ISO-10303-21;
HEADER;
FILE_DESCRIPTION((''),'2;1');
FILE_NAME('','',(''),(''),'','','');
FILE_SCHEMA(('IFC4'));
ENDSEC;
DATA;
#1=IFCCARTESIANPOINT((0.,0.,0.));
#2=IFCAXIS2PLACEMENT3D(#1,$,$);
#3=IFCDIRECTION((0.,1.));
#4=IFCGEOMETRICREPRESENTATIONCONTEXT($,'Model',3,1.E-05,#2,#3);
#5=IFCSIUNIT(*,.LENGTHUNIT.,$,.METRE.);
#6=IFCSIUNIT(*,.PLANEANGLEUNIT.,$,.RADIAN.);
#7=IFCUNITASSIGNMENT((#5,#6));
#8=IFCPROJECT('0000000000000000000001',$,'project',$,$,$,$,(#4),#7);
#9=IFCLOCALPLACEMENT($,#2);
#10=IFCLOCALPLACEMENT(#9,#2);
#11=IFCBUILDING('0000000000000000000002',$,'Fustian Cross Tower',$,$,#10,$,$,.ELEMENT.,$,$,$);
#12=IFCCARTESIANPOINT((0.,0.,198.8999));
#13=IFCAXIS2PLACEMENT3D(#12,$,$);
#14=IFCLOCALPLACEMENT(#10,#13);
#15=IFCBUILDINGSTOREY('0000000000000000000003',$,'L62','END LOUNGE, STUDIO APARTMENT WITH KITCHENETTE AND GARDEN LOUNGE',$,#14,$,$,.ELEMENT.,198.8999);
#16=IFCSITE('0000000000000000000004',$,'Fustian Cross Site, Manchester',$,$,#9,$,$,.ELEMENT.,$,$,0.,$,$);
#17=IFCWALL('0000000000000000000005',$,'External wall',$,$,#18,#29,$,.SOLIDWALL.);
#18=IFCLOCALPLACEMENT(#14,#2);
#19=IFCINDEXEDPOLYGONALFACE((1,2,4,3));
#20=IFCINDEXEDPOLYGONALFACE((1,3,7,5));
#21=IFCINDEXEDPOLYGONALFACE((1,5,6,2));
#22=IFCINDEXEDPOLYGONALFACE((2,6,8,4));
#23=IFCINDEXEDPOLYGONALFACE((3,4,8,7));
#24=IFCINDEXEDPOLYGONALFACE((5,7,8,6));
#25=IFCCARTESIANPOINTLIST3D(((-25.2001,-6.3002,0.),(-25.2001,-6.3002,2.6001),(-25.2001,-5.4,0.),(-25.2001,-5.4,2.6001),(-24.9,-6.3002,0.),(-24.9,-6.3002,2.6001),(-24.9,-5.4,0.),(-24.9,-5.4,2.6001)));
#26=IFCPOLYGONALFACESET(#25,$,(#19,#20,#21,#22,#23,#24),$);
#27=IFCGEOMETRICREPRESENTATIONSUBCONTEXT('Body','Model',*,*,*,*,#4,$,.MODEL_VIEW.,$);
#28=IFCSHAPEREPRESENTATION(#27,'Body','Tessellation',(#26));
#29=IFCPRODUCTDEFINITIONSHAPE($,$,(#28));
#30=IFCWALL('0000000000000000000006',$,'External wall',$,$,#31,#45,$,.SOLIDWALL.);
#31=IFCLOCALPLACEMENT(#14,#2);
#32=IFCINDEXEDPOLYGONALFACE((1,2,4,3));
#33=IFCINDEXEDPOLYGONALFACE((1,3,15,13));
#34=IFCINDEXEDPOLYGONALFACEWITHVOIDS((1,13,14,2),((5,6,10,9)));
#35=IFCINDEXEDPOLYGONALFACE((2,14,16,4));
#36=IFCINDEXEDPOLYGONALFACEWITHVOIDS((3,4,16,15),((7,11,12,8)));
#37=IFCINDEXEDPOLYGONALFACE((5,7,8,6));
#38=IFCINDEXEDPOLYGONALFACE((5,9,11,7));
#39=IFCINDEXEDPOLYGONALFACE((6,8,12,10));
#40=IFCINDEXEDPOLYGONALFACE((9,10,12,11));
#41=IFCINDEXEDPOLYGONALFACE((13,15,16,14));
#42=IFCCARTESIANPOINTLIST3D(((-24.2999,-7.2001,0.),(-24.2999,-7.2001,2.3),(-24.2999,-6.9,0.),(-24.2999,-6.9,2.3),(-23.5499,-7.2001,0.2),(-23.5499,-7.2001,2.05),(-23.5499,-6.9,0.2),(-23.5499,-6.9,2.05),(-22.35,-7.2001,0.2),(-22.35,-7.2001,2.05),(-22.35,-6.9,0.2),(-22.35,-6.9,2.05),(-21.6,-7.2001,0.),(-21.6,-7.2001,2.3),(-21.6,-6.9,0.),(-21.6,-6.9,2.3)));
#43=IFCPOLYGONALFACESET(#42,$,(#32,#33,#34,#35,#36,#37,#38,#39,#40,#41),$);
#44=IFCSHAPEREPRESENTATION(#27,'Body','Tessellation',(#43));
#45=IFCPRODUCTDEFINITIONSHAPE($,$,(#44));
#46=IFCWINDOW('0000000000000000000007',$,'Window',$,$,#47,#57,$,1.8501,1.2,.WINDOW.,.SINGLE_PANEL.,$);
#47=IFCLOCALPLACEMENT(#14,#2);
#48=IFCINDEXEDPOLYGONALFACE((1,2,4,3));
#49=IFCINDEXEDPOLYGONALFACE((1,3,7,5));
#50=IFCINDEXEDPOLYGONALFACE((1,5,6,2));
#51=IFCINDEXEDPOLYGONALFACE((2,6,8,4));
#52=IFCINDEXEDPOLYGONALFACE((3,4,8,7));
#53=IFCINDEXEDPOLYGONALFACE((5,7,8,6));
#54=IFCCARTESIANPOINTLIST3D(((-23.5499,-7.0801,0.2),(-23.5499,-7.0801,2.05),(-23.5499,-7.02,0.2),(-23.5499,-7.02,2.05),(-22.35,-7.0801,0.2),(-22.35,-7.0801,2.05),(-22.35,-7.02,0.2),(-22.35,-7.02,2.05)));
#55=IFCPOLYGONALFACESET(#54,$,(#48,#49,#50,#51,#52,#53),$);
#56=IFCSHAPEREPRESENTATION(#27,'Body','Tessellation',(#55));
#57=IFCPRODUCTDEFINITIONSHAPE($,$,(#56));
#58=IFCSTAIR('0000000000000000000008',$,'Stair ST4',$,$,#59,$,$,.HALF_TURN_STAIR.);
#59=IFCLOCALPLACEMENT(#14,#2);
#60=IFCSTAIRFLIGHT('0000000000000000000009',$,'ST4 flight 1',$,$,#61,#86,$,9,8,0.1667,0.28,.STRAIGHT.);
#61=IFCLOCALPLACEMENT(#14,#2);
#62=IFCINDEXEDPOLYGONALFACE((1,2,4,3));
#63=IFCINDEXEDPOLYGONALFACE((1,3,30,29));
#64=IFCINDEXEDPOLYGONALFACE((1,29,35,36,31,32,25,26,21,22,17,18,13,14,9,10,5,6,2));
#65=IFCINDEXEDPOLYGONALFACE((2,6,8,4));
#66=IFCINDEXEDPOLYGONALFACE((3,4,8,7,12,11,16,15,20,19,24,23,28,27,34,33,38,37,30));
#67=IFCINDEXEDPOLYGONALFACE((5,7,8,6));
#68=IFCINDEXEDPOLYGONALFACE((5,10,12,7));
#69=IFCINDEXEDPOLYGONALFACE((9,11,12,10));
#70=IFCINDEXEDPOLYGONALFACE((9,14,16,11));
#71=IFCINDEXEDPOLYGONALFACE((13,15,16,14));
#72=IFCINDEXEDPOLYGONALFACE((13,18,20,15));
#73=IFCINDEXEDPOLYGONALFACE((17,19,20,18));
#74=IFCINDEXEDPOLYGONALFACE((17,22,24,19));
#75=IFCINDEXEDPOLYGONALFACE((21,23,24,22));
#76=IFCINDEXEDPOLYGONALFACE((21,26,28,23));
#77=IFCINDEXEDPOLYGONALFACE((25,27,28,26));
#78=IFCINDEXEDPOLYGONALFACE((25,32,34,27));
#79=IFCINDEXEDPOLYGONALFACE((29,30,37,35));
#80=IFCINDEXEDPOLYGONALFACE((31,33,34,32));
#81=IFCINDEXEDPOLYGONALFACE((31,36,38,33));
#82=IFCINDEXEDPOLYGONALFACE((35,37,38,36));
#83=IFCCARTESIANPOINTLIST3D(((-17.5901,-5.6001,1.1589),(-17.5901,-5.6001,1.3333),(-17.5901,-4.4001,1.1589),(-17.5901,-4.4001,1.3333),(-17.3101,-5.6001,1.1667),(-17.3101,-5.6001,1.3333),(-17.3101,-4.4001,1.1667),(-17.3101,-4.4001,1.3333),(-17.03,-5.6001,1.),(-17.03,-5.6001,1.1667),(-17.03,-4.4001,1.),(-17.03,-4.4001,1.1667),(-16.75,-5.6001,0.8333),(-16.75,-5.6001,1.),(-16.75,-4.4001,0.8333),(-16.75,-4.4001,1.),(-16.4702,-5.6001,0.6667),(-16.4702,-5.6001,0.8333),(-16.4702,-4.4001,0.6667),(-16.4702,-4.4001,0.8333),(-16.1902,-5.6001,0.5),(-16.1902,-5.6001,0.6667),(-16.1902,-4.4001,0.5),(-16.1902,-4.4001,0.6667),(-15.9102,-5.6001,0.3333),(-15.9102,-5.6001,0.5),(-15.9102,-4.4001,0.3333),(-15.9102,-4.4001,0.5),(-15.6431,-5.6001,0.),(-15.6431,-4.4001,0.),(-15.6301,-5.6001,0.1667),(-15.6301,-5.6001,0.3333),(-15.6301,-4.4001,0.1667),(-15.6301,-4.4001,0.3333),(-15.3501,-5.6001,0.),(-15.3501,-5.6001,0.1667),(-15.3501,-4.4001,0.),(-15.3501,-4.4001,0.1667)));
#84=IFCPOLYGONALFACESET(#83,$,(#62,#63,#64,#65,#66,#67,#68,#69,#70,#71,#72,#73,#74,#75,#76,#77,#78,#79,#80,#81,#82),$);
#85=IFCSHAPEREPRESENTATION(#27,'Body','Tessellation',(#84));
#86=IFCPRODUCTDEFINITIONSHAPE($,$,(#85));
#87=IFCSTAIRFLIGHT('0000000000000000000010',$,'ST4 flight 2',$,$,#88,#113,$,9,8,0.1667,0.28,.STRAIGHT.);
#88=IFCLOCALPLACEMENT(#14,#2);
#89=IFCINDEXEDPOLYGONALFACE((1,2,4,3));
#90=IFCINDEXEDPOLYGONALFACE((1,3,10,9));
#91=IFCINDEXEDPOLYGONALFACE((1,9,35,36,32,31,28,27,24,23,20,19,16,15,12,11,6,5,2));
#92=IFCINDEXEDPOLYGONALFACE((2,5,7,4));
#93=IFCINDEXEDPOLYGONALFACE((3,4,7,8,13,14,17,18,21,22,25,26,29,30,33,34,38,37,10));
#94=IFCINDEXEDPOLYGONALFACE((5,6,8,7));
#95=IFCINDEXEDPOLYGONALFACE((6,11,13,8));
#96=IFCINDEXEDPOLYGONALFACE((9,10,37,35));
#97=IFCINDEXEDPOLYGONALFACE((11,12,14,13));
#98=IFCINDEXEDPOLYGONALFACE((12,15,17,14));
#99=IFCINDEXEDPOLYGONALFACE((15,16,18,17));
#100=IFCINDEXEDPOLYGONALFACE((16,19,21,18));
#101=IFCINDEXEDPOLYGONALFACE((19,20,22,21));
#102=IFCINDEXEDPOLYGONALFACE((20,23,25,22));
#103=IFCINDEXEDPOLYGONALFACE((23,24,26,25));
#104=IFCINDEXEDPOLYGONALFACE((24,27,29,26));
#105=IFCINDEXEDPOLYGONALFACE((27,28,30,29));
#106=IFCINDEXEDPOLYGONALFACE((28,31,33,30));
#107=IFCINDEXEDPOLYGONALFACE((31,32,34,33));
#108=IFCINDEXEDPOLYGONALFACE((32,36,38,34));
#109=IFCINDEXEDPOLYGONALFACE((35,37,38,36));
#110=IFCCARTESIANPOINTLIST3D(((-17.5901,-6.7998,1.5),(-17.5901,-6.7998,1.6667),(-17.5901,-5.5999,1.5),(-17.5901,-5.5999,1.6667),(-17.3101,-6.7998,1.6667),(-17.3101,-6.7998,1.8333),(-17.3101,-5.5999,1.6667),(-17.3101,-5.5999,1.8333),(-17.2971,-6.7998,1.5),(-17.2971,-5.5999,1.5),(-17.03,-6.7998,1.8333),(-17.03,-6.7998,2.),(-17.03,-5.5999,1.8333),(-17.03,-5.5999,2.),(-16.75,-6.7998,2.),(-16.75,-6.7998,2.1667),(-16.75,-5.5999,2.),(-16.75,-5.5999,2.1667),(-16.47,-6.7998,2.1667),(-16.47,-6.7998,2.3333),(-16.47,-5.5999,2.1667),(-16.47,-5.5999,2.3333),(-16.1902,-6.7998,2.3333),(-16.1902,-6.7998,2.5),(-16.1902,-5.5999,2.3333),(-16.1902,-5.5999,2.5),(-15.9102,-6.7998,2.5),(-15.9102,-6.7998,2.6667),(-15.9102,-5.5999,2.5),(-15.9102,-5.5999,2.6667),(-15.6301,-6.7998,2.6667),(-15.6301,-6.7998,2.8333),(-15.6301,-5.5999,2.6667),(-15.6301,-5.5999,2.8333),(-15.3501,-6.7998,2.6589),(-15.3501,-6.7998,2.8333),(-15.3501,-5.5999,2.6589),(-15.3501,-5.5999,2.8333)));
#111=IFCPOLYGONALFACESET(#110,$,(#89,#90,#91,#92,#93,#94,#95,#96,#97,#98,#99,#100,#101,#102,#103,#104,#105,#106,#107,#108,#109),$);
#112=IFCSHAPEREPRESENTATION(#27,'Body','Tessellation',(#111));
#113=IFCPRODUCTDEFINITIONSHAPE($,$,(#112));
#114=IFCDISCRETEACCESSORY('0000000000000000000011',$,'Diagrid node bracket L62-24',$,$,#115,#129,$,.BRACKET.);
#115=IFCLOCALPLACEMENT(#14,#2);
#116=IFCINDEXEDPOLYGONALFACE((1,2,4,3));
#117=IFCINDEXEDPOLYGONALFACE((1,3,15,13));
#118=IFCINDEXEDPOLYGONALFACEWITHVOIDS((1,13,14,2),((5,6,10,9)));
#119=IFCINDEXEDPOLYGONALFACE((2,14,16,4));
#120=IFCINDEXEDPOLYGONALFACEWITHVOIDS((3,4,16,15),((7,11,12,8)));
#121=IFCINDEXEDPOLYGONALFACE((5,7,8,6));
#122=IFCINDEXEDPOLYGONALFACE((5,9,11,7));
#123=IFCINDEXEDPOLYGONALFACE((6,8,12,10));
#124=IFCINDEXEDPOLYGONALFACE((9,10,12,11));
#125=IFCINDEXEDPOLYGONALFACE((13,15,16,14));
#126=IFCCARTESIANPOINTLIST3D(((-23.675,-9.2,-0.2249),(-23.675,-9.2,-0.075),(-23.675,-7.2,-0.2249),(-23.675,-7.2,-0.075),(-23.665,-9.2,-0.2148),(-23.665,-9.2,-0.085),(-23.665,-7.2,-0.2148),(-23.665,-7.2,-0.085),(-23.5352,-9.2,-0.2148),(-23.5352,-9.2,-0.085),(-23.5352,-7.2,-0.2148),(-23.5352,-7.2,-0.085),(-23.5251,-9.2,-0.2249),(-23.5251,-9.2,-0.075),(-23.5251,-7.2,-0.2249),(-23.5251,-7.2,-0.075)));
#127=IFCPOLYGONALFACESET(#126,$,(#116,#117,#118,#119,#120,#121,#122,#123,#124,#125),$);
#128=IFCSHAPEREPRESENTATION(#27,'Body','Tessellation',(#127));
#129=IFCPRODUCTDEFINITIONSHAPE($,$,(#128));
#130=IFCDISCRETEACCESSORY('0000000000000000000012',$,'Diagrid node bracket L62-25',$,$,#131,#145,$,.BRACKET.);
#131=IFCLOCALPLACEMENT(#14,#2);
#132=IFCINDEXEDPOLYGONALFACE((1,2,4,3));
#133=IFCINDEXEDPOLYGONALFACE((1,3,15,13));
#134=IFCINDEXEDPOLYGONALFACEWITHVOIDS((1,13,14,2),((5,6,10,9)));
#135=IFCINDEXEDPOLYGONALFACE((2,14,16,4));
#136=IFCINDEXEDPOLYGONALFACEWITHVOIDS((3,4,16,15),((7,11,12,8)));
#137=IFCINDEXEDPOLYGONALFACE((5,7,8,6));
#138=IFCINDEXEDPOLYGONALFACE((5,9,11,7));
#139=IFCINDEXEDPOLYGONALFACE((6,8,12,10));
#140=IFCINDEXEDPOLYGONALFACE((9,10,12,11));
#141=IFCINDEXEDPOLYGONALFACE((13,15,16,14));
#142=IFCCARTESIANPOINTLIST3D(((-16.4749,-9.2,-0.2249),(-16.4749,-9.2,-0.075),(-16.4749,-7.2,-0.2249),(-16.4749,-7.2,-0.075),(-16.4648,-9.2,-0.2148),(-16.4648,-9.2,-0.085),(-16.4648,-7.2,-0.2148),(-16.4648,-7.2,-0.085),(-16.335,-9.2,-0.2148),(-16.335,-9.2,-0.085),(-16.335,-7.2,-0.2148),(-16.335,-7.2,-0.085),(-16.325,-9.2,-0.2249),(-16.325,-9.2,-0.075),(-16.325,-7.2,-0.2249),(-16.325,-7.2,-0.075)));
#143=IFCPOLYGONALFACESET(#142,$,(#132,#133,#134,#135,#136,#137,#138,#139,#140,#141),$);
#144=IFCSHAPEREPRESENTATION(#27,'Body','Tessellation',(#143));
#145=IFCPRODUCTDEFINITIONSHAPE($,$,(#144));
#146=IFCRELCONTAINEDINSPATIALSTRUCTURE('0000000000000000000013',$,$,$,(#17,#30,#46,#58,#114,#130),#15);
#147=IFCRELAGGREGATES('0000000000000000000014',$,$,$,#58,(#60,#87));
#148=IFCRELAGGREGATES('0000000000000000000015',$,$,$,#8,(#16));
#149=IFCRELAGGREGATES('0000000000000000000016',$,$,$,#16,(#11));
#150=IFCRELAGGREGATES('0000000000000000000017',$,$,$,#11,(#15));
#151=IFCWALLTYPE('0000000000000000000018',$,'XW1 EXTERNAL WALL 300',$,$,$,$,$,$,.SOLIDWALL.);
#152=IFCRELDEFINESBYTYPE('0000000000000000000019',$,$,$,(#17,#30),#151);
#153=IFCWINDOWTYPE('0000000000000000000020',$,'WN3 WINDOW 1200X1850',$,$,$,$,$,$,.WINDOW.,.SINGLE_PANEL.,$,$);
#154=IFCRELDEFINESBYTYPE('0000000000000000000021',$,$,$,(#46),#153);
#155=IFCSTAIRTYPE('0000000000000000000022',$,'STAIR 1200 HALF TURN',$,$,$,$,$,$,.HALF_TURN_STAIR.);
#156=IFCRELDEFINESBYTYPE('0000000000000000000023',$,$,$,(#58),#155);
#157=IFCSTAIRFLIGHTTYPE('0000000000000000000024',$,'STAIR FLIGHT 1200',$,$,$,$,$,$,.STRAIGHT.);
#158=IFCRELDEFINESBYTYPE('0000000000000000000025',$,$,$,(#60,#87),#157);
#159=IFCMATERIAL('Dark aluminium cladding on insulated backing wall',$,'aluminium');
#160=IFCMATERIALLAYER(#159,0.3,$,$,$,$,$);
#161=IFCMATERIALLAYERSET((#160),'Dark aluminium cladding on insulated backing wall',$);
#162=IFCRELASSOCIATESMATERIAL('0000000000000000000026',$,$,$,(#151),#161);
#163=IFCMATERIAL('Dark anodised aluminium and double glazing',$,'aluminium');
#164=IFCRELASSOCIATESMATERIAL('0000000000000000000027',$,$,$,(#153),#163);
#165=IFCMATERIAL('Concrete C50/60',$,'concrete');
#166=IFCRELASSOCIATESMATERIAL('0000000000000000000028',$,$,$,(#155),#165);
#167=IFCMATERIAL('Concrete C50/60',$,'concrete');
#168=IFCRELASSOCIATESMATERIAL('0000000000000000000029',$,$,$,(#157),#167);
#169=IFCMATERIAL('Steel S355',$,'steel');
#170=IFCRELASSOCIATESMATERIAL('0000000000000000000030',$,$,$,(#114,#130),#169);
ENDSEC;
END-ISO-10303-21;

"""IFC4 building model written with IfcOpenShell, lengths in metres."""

from ifc_helpers import new_model, si_unit, direction, frame, frame_2d, origin, origin_2d, place, context, subcontext, project, spatial, polyline, rectangle, hollow_rectangle, outline, extrude, material, layer, layer_set, type_object, element, fill, aggregate, save


model = new_model("IFC4")

# Units and contexts
model_context = context("Model", 3, precision=1e-05, world=origin(), true_north=direction((0.0, 1.0)))
body_context = subcontext(model_context, "Body", "Model", "MODEL_VIEW")
ifc_project = project(units=[si_unit("LENGTHUNIT", "METRE"), si_unit("PLANEANGLEUNIT", "RADIAN")], contexts=[model_context])

# Site, building, storey
site_placement = place(None, origin())
site = spatial("IfcSite", under=ifc_project, at=site_placement, Name="Fustian Cross Site, Manchester", CompositionType="ELEMENT", RefElevation=0.0)
building_placement = place(site_placement, origin())
building = spatial("IfcBuilding", under=site, at=building_placement, Name="Fustian Cross Tower", CompositionType="ELEMENT")
storey_placement = place(building_placement, frame((0.0, 0.0, 198.8999)))
storey = spatial("IfcBuildingStorey", under=building, at=storey_placement, Name="L62", Description="END LOUNGE, STUDIO APARTMENT WITH KITCHENETTE AND GARDEN LOUNGE", CompositionType="ELEMENT", Elevation=198.8999)

# Wall
ifc_material_1 = material(Name="Dark aluminium cladding on insulated backing wall", Category="aluminium")
ifc_layer_1 = layer(ifc_material_1, 0.3)
ifc_layer_set_1 = layer_set([ifc_layer_1], Name="Dark aluminium cladding on insulated backing wall")
wall_type_1 = type_object("IfcWallType", Name="XW1 EXTERNAL WALL 300", PredefinedType="SOLIDWALL", material=ifc_layer_set_1)
wall_1_placement = place(storey_placement, frame((-25.05, -5.3999, 0.0), z_axis=(0.0, 0.0, 1.0), x_axis=(0.0, -1.0, 0.0)))
element("IfcWall", 1, at=wall_1_placement, inside=storey, type_object=wall_type_1, Name="External wall", PredefinedType="SOLIDWALL", context=body_context, shape_type="SweptSolid", body=[
    extrude(rectangle(XDim=0.9001, YDim=0.3, at=frame_2d((0.4502, 0.0))), origin(), (0.0, 0.0, 1.0), 2.6001),
])

# Wall, opening, window
wall_2_placement = place(storey_placement, frame((-24.3, -7.05, 0.0), z_axis=(0.0, 0.0, 1.0), x_axis=(1.0, 0.0, 0.0)))
wall_2 = element("IfcWall", 2, at=wall_2_placement, inside=storey, type_object=wall_type_1, Name="External wall", PredefinedType="SOLIDWALL", context=body_context, shape_type="SweptSolid", body=[
    extrude(rectangle(XDim=2.7, YDim=0.3, at=frame_2d((1.3501, 0.0))), origin(), (0.0, 0.0, 1.0), 2.3),
])
opening_1_placement = place(wall_2_placement, frame((0.75, 0.0, 0.2)))
opening_1 = element("IfcOpeningElement", 3, at=opening_1_placement, cuts=wall_2, PredefinedType="OPENING", context=body_context, shape_type="SweptSolid", body=[
    extrude(rectangle(XDim=1.2, YDim=1.8501, at=frame_2d((0.6001, 0.925))), frame((0.0, 0.1599, 0.0), z_axis=(0.0, -1.0, 0.0), x_axis=(1.0, 0.0, 0.0)), (0.0, 0.0, 1.0), 0.3201),
])
ifc_material_2 = material(Name="Dark anodised aluminium and double glazing", Category="aluminium")
window_type = type_object("IfcWindowType", Name="WN3 WINDOW 1200X1850", PartitioningType="SINGLE_PANEL", PredefinedType="WINDOW", material=ifc_material_2)
window_placement = place(opening_1_placement, origin())
window = element("IfcWindow", 4, at=window_placement, inside=storey, type_object=window_type, Name="Window", OverallHeight=1.8501, OverallWidth=1.2, PartitioningType="SINGLE_PANEL", PredefinedType="WINDOW", context=body_context, shape_type="SweptSolid", body=[
    extrude(rectangle(XDim=1.2, YDim=1.8501, at=frame_2d((0.6001, 0.925))), frame((0.0, 0.03, 0.0), z_axis=(0.0, -1.0, 0.0), x_axis=(1.0, 0.0, 0.0)), (0.0, 0.0, 1.0), 0.0601),
])
fill(opening_1, window)

# Stair, stair flights
ifc_material_3 = material(Name="Concrete C50/60", Category="concrete")
stair_type = type_object("IfcStairType", Name="STAIR 1200 HALF TURN", PredefinedType="HALF_TURN_STAIR", material=ifc_material_3)
stair_placement = place(storey_placement, origin())
stair = element("IfcStair", 5, at=stair_placement, inside=storey, type_object=stair_type, Name="Stair ST4", PredefinedType="HALF_TURN_STAIR")
ifc_material_4 = material(Name="Concrete C50/60", Category="concrete")
stair_flight_type = type_object("IfcStairFlightType", Name="STAIR FLIGHT 1200", PredefinedType="STRAIGHT", material=ifc_material_4)
stair_flight_1_placement = place(storey_placement, frame((-15.3501, -5.0, 0.0), z_axis=(0.0, 0.0, 1.0), x_axis=(-1.0, 0.0, 0.0)))
stair_flight_1 = element("IfcStairFlight", 6, at=stair_flight_1_placement, type_object=stair_flight_type, Name="ST4 flight 1", NumberOfRisers=9, NumberOfTreads=8, PredefinedType="STRAIGHT", RiserHeight=0.1667, TreadLength=0.28, context=body_context, shape_type="SweptSolid", body=[
    extrude(outline(polyline([(0.0, 0.0), (0.0, 0.1667), (0.28, 0.1667), (0.28, 0.3333), (0.5601, 0.3333), (0.5601, 0.5), (0.8401, 0.5), (0.8401, 0.6667), (1.1201, 0.6667), (1.1201, 0.8333), (1.3999, 0.8333), (1.3999, 1.0), (1.6799, 1.0), (1.6799, 1.1667), (1.96, 1.1667), (1.96, 1.3333), (2.24, 1.3333), (2.24, 1.5), (2.24, 1.1589), (0.293, 0.0), (0.0, 0.0)])), frame((0.0, 0.6001, 0.0), z_axis=(0.0, -1.0, 0.0), x_axis=(1.0, 0.0, 0.0)), (0.0, 0.0, 1.0), 1.2),
])
stair_flight_2_placement = place(storey_placement, frame((-17.5901, -6.2, 1.5), z_axis=(0.0, 0.0, 1.0), x_axis=(1.0, 0.0, 0.0)))
stair_flight_2 = element("IfcStairFlight", 7, at=stair_flight_2_placement, type_object=stair_flight_type, Name="ST4 flight 2", NumberOfRisers=9, NumberOfTreads=8, PredefinedType="STRAIGHT", RiserHeight=0.1667, TreadLength=0.28, context=body_context, shape_type="SweptSolid", body=[
    extrude(outline(polyline([(0.0, 0.0), (0.0, 0.1667), (0.28, 0.1667), (0.28, 0.3333), (0.5601, 0.3333), (0.5601, 0.5), (0.8401, 0.5), (0.8401, 0.6667), (1.1201, 0.6667), (1.1201, 0.8333), (1.3999, 0.8333), (1.3999, 1.0), (1.6799, 1.0), (1.6799, 1.1667), (1.96, 1.1667), (1.96, 1.3333), (2.24, 1.3333), (2.24, 1.5), (2.24, 1.1589), (0.293, 0.0), (0.0, 0.0)])), frame((0.0, 0.6001, 0.0), z_axis=(0.0, -1.0, 0.0), x_axis=(1.0, 0.0, 0.0)), (0.0, 0.0, 1.0), 1.2),
])
aggregate(stair, [stair_flight_1, stair_flight_2])

# Discrete accessories
ifc_material_5 = material(Name="Steel S355", Category="steel")
for number, where, z_axis, x_axis, name in (
    (8, (-23.6001, -9.2, -0.1499), (0.0, 1.0, 0.0), (-1.0, 0.0, 0.0), "Diagrid node bracket L62-24"),
    (9, (-16.3999, -9.2, -0.1499), (0.0, 1.0, 0.0), (-1.0, 0.0, 0.0), "Diagrid node bracket L62-25"),
):
    element("IfcDiscreteAccessory", number, at=place(storey_placement, frame(where, z_axis=z_axis, x_axis=x_axis)), inside=storey, material=ifc_material_5, Name=name, PredefinedType="BRACKET", context=body_context, shape_type="SweptSolid", body=[
        extrude(hollow_rectangle(XDim=0.1499, YDim=0.1499, WallThickness=0.01, at=origin_2d()), origin(), (0.0, 0.0, 1.0), 2.0),
    ])

save(model, "model.ifc")
